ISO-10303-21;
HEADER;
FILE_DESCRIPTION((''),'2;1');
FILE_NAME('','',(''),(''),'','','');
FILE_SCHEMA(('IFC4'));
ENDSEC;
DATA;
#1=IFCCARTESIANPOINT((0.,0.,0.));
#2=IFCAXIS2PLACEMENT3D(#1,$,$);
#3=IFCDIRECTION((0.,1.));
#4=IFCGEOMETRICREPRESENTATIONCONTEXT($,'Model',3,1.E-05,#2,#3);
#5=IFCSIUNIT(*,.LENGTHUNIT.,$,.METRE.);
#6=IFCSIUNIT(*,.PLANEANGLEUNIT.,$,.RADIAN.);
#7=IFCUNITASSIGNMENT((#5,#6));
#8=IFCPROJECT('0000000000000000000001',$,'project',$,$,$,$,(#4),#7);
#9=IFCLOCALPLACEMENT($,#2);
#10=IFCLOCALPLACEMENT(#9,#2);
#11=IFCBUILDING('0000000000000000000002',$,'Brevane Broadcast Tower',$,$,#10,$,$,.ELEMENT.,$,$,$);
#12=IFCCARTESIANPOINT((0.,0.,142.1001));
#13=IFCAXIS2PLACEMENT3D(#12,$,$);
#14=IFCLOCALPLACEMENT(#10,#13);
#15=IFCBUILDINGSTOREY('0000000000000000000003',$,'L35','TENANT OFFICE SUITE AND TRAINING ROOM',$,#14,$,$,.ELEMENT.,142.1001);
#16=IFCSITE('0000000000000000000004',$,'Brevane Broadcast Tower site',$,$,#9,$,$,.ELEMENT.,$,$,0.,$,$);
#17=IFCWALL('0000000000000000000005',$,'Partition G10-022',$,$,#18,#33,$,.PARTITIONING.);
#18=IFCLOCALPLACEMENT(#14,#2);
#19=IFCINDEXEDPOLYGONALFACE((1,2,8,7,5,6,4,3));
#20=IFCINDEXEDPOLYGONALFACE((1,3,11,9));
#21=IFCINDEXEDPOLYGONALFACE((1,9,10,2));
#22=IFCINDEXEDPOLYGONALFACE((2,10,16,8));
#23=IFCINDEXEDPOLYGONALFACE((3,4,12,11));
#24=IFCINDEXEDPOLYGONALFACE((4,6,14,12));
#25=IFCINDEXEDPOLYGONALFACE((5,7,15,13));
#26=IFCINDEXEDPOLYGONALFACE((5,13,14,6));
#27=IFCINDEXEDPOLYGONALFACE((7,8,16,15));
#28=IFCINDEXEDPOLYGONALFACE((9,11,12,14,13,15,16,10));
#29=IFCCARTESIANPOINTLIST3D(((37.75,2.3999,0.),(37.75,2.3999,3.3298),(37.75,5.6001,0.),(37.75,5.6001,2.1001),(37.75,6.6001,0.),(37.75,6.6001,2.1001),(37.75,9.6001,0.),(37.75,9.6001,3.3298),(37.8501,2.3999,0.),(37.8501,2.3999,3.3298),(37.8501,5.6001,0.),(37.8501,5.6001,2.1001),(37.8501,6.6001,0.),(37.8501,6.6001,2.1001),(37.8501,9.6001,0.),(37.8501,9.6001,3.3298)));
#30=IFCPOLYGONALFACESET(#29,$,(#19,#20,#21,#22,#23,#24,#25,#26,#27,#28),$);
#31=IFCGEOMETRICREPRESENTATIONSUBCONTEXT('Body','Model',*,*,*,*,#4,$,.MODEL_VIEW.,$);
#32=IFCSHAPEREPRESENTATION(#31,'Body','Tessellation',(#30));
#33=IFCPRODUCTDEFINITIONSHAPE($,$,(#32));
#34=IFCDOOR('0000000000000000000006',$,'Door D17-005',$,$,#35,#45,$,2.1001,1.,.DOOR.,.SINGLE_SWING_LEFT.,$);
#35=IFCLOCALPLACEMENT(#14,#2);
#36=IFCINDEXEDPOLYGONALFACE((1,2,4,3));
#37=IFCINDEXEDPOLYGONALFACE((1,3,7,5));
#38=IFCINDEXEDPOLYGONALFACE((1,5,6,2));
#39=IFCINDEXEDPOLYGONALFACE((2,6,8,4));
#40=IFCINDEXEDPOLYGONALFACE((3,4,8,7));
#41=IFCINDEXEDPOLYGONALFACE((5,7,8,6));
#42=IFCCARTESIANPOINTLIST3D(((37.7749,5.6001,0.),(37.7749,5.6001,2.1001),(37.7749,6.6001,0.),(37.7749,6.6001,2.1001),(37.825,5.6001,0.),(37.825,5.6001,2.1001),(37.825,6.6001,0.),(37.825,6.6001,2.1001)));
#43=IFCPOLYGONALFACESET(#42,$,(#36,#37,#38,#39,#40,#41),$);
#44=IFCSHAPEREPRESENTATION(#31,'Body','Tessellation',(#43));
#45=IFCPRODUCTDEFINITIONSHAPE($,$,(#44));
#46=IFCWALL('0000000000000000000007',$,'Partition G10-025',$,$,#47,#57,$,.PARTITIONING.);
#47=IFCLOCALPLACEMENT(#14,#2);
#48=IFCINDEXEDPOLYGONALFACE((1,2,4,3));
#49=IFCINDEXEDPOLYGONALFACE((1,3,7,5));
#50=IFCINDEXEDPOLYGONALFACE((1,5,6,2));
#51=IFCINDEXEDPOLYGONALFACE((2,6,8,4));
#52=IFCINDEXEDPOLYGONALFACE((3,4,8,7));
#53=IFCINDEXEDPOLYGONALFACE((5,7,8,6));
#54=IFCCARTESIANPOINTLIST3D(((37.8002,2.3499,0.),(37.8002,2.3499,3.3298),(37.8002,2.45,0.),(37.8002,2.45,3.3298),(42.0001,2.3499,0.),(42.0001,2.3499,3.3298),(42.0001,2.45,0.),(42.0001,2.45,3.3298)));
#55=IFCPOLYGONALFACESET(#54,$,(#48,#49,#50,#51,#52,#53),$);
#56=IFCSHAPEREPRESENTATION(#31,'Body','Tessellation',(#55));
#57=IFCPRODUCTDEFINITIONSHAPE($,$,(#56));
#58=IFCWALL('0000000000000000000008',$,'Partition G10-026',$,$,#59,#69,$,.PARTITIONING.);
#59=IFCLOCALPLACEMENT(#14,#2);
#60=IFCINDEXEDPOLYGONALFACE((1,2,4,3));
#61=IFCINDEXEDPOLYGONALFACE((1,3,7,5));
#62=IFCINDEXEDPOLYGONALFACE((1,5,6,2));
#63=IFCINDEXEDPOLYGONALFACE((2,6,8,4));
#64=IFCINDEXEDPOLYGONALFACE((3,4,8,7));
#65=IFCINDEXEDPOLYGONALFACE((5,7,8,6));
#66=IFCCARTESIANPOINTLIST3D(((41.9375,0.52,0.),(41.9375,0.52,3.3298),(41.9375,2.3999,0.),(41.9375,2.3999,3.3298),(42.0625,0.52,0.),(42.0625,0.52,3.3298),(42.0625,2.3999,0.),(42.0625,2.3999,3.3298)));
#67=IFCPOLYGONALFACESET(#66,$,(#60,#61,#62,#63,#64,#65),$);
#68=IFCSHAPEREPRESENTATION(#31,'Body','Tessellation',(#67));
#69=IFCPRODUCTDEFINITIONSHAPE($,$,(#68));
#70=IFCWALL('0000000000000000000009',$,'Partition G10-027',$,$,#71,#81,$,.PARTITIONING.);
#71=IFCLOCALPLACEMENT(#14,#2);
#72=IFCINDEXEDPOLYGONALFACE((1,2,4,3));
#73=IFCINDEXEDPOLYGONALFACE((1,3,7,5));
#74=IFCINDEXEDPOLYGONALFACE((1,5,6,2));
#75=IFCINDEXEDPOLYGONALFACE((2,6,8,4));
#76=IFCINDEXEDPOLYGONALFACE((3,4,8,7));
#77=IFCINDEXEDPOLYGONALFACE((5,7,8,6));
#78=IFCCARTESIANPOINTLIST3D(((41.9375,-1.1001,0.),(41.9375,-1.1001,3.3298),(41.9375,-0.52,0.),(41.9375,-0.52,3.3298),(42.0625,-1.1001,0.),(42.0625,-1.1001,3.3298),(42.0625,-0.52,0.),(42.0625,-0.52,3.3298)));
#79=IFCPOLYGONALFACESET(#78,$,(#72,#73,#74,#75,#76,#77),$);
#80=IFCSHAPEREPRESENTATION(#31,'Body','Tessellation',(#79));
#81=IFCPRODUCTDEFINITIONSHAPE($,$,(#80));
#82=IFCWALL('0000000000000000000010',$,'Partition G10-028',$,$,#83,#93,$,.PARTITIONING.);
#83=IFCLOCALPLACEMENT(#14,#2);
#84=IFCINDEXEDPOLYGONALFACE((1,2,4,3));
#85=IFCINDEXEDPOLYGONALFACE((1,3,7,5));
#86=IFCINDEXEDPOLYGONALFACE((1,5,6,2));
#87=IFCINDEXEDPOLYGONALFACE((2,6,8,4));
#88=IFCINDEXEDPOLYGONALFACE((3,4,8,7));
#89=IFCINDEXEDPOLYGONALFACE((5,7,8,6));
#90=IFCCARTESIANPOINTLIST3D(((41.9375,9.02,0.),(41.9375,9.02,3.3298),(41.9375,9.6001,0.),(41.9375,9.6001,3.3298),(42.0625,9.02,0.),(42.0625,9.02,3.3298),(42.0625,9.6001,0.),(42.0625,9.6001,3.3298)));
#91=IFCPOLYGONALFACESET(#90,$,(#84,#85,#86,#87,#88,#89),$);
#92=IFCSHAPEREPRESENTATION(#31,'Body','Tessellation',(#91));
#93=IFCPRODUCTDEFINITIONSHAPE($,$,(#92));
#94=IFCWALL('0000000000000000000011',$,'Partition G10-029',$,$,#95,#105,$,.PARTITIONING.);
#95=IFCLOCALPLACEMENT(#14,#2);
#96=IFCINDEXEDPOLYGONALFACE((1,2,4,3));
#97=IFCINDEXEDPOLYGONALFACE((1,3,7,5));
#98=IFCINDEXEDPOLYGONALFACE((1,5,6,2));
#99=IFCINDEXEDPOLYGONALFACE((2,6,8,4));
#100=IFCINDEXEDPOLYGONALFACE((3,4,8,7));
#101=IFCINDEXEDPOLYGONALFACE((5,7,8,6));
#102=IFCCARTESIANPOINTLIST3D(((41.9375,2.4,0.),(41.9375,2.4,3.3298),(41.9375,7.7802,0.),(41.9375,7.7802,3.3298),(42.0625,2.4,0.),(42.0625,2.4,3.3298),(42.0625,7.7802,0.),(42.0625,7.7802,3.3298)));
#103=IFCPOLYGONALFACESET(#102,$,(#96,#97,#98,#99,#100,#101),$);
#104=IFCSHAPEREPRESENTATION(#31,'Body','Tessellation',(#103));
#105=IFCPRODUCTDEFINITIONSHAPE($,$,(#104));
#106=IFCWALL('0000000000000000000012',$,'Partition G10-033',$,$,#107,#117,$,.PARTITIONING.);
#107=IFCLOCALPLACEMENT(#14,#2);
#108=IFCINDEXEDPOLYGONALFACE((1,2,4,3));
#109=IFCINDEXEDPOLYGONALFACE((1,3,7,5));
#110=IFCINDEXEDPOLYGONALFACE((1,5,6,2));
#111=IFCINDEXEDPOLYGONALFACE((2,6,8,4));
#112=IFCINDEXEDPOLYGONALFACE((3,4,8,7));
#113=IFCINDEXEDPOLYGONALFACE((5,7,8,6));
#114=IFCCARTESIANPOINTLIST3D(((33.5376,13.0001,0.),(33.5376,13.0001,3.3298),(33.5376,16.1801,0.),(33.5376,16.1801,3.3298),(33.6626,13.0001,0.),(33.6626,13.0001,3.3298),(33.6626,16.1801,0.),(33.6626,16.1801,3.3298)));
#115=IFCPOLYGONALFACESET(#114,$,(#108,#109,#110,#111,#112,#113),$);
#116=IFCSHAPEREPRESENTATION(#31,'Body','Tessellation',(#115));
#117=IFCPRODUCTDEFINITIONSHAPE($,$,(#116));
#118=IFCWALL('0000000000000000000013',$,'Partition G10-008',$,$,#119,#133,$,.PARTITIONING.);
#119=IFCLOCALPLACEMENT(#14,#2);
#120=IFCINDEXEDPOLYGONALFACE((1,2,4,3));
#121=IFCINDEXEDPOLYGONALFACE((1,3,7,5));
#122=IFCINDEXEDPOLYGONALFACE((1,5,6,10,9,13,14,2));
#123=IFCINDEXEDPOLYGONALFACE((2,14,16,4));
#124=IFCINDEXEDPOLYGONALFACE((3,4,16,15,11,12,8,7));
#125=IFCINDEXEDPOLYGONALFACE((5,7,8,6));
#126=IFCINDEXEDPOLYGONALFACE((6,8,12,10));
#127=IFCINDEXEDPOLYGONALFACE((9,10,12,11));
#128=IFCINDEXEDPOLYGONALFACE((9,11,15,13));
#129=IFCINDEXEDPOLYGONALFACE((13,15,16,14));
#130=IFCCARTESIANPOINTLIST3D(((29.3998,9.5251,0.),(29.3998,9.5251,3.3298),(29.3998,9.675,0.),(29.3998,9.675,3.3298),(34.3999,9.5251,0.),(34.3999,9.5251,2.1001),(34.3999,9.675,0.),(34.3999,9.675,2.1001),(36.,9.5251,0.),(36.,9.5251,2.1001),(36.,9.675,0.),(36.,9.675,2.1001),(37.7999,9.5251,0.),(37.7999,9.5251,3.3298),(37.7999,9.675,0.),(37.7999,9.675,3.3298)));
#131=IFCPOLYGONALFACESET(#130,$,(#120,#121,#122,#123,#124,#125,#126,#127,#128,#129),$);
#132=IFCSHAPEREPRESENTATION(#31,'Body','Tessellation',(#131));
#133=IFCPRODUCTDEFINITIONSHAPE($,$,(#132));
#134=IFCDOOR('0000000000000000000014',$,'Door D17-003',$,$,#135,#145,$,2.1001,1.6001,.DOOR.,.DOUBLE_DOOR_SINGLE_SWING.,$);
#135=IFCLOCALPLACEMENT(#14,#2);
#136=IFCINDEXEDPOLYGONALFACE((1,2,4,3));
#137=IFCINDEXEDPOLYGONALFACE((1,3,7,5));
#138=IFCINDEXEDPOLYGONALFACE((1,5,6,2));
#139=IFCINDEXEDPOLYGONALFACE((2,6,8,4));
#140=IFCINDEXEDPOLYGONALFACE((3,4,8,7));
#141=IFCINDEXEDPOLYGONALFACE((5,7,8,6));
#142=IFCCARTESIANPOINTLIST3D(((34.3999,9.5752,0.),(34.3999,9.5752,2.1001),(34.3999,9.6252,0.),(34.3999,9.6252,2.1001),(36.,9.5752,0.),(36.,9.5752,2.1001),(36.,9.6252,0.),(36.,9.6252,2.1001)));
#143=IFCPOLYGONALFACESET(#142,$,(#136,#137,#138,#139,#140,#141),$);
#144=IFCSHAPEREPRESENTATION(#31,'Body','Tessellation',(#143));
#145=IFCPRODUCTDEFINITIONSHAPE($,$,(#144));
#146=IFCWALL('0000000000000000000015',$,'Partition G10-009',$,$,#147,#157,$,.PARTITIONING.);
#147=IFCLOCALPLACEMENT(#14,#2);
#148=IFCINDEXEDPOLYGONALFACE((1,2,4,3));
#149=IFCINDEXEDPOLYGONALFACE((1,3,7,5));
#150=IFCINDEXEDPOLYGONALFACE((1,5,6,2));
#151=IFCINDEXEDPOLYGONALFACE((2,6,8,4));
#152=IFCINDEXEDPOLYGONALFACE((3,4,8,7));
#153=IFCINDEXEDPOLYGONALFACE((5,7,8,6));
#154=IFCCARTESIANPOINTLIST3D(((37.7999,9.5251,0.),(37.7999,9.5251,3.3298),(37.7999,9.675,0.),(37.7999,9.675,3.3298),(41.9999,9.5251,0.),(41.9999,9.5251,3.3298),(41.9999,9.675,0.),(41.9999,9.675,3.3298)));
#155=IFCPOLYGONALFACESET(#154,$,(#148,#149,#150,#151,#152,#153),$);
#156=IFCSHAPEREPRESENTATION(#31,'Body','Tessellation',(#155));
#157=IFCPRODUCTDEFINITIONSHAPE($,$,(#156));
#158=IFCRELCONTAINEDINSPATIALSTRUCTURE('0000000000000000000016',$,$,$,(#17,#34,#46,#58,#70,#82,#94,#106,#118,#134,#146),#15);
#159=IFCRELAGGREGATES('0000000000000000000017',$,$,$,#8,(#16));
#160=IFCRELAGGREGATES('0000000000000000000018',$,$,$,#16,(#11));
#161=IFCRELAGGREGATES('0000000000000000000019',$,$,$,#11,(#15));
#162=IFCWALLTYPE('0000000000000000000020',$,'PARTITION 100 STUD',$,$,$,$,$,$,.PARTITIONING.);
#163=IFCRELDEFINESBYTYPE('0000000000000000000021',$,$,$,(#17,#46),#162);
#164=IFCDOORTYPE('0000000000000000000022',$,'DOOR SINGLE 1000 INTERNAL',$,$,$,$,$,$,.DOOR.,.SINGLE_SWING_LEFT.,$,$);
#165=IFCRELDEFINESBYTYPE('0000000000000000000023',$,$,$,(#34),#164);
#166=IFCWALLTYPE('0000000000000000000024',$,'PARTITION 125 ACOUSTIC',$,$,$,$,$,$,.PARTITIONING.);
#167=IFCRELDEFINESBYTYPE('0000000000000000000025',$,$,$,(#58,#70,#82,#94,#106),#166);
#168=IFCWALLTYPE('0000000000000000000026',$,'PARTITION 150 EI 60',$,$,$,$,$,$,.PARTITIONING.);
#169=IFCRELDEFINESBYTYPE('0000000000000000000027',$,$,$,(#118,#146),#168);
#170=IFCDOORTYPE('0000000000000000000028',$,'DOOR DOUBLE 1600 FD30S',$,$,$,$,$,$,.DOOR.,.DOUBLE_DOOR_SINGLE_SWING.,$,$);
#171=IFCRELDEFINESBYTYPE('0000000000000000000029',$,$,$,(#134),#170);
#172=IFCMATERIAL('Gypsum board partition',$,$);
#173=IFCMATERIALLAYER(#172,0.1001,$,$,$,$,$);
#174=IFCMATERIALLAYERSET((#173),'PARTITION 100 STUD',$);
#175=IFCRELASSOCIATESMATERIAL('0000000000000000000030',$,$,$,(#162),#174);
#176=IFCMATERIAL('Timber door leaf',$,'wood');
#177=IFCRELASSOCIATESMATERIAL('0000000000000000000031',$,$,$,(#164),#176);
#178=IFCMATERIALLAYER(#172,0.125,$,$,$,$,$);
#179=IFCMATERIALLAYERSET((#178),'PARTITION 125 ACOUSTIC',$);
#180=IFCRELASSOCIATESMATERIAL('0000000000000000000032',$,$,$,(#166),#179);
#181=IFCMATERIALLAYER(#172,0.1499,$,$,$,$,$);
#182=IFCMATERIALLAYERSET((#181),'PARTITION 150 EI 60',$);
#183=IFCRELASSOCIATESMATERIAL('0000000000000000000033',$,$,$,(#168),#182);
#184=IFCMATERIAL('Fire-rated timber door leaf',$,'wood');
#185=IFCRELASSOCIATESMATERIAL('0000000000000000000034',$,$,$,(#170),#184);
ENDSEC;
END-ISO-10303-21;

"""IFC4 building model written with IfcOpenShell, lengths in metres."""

from ifc_helpers import new_model, si_unit, direction, frame, frame_2d, origin, place, context, subcontext, project, spatial, rectangle, extrude, material, layer, layer_set, type_object, element, fill, save


model = new_model("IFC4")

# Units and contexts
model_context = context("Model", 3, precision=1e-05, world=origin(), true_north=direction((0.0, 1.0)))
body_context = subcontext(model_context, "Body", "Model", "MODEL_VIEW")
ifc_project = project(units=[si_unit("LENGTHUNIT", "METRE"), si_unit("PLANEANGLEUNIT", "RADIAN")], contexts=[model_context])

# Site, building, storey
site_placement = place(None, origin())
site = spatial("IfcSite", under=ifc_project, at=site_placement, Name="Brevane Broadcast Tower site", CompositionType="ELEMENT", RefElevation=0.0)
building_placement = place(site_placement, origin())
building = spatial("IfcBuilding", under=site, at=building_placement, Name="Brevane Broadcast Tower", CompositionType="ELEMENT")
storey_placement = place(building_placement, frame((0.0, 0.0, 142.1001)))
storey = spatial("IfcBuildingStorey", under=building, at=storey_placement, Name="L35", Description="TENANT OFFICE SUITE AND TRAINING ROOM", CompositionType="ELEMENT", Elevation=142.1001)

# Wall, opening, door
ifc_material_1 = material(Name="Gypsum board partition")
ifc_layer_1 = layer(ifc_material_1, 0.1001)
ifc_layer_set_1 = layer_set([ifc_layer_1], Name="PARTITION 100 STUD")
wall_type_1 = type_object("IfcWallType", Name="PARTITION 100 STUD", PredefinedType="PARTITIONING", material=ifc_layer_set_1)
ifc_material_2 = material(Name="Timber door leaf", Category="wood")
wall_1_placement = place(storey_placement, frame((37.8, 9.6001, 0.0), z_axis=(0.0, 0.0, 1.0), x_axis=(0.0, -1.0, 0.0)))
wall_1 = element("IfcWall", 1, at=wall_1_placement, inside=storey, type_object=wall_type_1, Name="Partition G10-022", PredefinedType="PARTITIONING", context=body_context, shape_type="SweptSolid", body=[
    extrude(rectangle(XDim=7.2002, YDim=0.1001, at=frame_2d((3.6001, 0.0))), origin(), (0.0, 0.0, 1.0), 3.3298),
])
opening_1_placement = place(wall_1_placement, frame((3.0, 0.0, 0.0)))
opening_1 = element("IfcOpeningElement", 2, at=opening_1_placement, cuts=wall_1, PredefinedType="OPENING", context=body_context, shape_type="SweptSolid", body=[
    extrude(rectangle(XDim=1.0, YDim=2.1001, at=frame_2d((0.5, 1.05))), frame((0.0, 0.0601, 0.0), z_axis=(0.0, -1.0, 0.0), x_axis=(1.0, 0.0, 0.0)), (0.0, 0.0, 1.0), 0.1201),
])
door_type_1 = type_object("IfcDoorType", Name="DOOR SINGLE 1000 INTERNAL", OperationType="SINGLE_SWING_LEFT", PredefinedType="DOOR", material=ifc_material_2)
door_1_placement = place(opening_1_placement, origin())
door_1 = element("IfcDoor", 3, at=door_1_placement, inside=storey, type_object=door_type_1, Name="Door D17-005", OperationType="SINGLE_SWING_LEFT", OverallHeight=2.1001, OverallWidth=1.0, PredefinedType="DOOR", context=body_context, shape_type="SweptSolid", body=[
    extrude(rectangle(XDim=1.0, YDim=2.1001, at=frame_2d((0.5, 1.05))), frame((0.0, 0.0249, 0.0), z_axis=(0.0, -1.0, 0.0), x_axis=(1.0, 0.0, 0.0)), (0.0, 0.0, 1.0), 0.05),
])
fill(opening_1, door_1)

# Walls
wall_2_placement = place(storey_placement, frame((37.8, 2.3999, 0.0), z_axis=(0.0, 0.0, 1.0), x_axis=(1.0, 0.0, 0.0)))
element("IfcWall", 4, at=wall_2_placement, inside=storey, type_object=wall_type_1, Name="Partition G10-025", PredefinedType="PARTITIONING", context=body_context, shape_type="SweptSolid", body=[
    extrude(rectangle(XDim=4.2, YDim=0.1001, at=frame_2d((2.1001, 0.0))), origin(), (0.0, 0.0, 1.0), 3.3298),
])
ifc_layer_2 = layer(ifc_material_1, 0.125)
ifc_layer_set_2 = layer_set([ifc_layer_2], Name="PARTITION 125 ACOUSTIC")
wall_type_2 = type_object("IfcWallType", Name="PARTITION 125 ACOUSTIC", PredefinedType="PARTITIONING", material=ifc_layer_set_2)
wall_3_placement = place(storey_placement, frame((42.0, 2.3999, 0.0), z_axis=(0.0, 0.0, 1.0), x_axis=(0.0, -1.0, 0.0)))
element("IfcWall", 5, at=wall_3_placement, inside=storey, type_object=wall_type_2, Name="Partition G10-026", PredefinedType="PARTITIONING", context=body_context, shape_type="SweptSolid", body=[
    extrude(rectangle(XDim=1.8799, YDim=0.125, at=frame_2d((0.9399, 0.0))), origin(), (0.0, 0.0, 1.0), 3.3298),
])
for number, where, z_axis, x_axis, name in (
    (6, (42.0, -0.52, 0.0), (0.0, 0.0, 1.0), (0.0, -1.0, 0.0), "Partition G10-027"),
    (7, (42.0, 9.6001, 0.0), (0.0, 0.0, 1.0), (0.0, -1.0, 0.0), "Partition G10-028"),
):
    element("IfcWall", number, at=place(storey_placement, frame(where, z_axis=z_axis, x_axis=x_axis)), inside=storey, type_object=wall_type_2, Name=name, PredefinedType="PARTITIONING", context=body_context, shape_type="SweptSolid", body=[
        extrude(rectangle(XDim=0.5801, YDim=0.125, at=frame_2d((0.29, 0.0))), origin(), (0.0, 0.0, 1.0), 3.3298),
    ])
wall_4_placement = place(storey_placement, frame((42.0, 7.78, 0.0), z_axis=(0.0, 0.0, 1.0), x_axis=(0.0, -1.0, 0.0)))
element("IfcWall", 8, at=wall_4_placement, inside=storey, type_object=wall_type_2, Name="Partition G10-029", PredefinedType="PARTITIONING", context=body_context, shape_type="SweptSolid", body=[
    extrude(rectangle(XDim=5.3801, YDim=0.125, at=frame_2d((2.6899, 0.0))), origin(), (0.0, 0.0, 1.0), 3.3298),
])
wall_5_placement = place(storey_placement, frame((33.6001, 16.1799, 0.0), z_axis=(0.0, 0.0, 1.0), x_axis=(0.0, -1.0, 0.0)))
element("IfcWall", 9, at=wall_5_placement, inside=storey, type_object=wall_type_2, Name="Partition G10-033", PredefinedType="PARTITIONING", context=body_context, shape_type="SweptSolid", body=[
    extrude(rectangle(XDim=3.1799, YDim=0.125, at=frame_2d((1.5898, 0.0))), origin(), (0.0, 0.0, 1.0), 3.3298),
])

# Wall, opening, door
ifc_layer_3 = layer(ifc_material_1, 0.1499)
ifc_layer_set_3 = layer_set([ifc_layer_3], Name="PARTITION 150 EI 60")
wall_type_3 = type_object("IfcWallType", Name="PARTITION 150 EI 60", PredefinedType="PARTITIONING", material=ifc_layer_set_3)
wall_6_placement = place(storey_placement, frame((37.8, 9.6001, 0.0), z_axis=(0.0, 0.0, 1.0), x_axis=(-1.0, 0.0, 0.0)))
wall_6 = element("IfcWall", 10, at=wall_6_placement, inside=storey, type_object=wall_type_3, Name="Partition G10-008", PredefinedType="PARTITIONING", context=body_context, shape_type="SweptSolid", body=[
    extrude(rectangle(XDim=8.4001, YDim=0.1499, at=frame_2d((4.2002, 0.0))), origin(), (0.0, 0.0, 1.0), 3.3298),
])
opening_2_placement = place(wall_6_placement, frame((1.8, 0.0, 0.0)))
opening_2 = element("IfcOpeningElement", 11, at=opening_2_placement, cuts=wall_6, PredefinedType="OPENING", context=body_context, shape_type="SweptSolid", body=[
    extrude(rectangle(XDim=1.6001, YDim=2.1001, at=frame_2d((0.8, 1.05))), frame((0.0, 0.085, 0.0), z_axis=(0.0, -1.0, 0.0), x_axis=(1.0, 0.0, 0.0)), (0.0, 0.0, 1.0), 0.1699),
])
ifc_material_3 = material(Name="Fire-rated timber door leaf", Category="wood")
door_type_2 = type_object("IfcDoorType", Name="DOOR DOUBLE 1600 FD30S", OperationType="DOUBLE_DOOR_SINGLE_SWING", PredefinedType="DOOR", material=ifc_material_3)
door_2_placement = place(opening_2_placement, origin())
door_2 = element("IfcDoor", 12, at=door_2_placement, inside=storey, type_object=door_type_2, Name="Door D17-003", OperationType="DOUBLE_DOOR_SINGLE_SWING", OverallHeight=2.1001, OverallWidth=1.6001, PredefinedType="DOOR", context=body_context, shape_type="SweptSolid", body=[
    extrude(rectangle(XDim=1.6001, YDim=2.1001, at=frame_2d((0.8, 1.05))), frame((0.0, 0.0249, 0.0), z_axis=(0.0, -1.0, 0.0), x_axis=(1.0, 0.0, 0.0)), (0.0, 0.0, 1.0), 0.05),
])
fill(opening_2, door_2)

# Wall
wall_7_placement = place(storey_placement, frame((42.0, 9.6001, 0.0), z_axis=(0.0, 0.0, 1.0), x_axis=(-1.0, 0.0, 0.0)))
element("IfcWall", 13, at=wall_7_placement, inside=storey, type_object=wall_type_3, Name="Partition G10-009", PredefinedType="PARTITIONING", context=body_context, shape_type="SweptSolid", body=[
    extrude(rectangle(XDim=4.2, YDim=0.1499, at=frame_2d((2.1001, 0.0))), origin(), (0.0, 0.0, 1.0), 3.3298),
])

save(model, "model.ifc")
